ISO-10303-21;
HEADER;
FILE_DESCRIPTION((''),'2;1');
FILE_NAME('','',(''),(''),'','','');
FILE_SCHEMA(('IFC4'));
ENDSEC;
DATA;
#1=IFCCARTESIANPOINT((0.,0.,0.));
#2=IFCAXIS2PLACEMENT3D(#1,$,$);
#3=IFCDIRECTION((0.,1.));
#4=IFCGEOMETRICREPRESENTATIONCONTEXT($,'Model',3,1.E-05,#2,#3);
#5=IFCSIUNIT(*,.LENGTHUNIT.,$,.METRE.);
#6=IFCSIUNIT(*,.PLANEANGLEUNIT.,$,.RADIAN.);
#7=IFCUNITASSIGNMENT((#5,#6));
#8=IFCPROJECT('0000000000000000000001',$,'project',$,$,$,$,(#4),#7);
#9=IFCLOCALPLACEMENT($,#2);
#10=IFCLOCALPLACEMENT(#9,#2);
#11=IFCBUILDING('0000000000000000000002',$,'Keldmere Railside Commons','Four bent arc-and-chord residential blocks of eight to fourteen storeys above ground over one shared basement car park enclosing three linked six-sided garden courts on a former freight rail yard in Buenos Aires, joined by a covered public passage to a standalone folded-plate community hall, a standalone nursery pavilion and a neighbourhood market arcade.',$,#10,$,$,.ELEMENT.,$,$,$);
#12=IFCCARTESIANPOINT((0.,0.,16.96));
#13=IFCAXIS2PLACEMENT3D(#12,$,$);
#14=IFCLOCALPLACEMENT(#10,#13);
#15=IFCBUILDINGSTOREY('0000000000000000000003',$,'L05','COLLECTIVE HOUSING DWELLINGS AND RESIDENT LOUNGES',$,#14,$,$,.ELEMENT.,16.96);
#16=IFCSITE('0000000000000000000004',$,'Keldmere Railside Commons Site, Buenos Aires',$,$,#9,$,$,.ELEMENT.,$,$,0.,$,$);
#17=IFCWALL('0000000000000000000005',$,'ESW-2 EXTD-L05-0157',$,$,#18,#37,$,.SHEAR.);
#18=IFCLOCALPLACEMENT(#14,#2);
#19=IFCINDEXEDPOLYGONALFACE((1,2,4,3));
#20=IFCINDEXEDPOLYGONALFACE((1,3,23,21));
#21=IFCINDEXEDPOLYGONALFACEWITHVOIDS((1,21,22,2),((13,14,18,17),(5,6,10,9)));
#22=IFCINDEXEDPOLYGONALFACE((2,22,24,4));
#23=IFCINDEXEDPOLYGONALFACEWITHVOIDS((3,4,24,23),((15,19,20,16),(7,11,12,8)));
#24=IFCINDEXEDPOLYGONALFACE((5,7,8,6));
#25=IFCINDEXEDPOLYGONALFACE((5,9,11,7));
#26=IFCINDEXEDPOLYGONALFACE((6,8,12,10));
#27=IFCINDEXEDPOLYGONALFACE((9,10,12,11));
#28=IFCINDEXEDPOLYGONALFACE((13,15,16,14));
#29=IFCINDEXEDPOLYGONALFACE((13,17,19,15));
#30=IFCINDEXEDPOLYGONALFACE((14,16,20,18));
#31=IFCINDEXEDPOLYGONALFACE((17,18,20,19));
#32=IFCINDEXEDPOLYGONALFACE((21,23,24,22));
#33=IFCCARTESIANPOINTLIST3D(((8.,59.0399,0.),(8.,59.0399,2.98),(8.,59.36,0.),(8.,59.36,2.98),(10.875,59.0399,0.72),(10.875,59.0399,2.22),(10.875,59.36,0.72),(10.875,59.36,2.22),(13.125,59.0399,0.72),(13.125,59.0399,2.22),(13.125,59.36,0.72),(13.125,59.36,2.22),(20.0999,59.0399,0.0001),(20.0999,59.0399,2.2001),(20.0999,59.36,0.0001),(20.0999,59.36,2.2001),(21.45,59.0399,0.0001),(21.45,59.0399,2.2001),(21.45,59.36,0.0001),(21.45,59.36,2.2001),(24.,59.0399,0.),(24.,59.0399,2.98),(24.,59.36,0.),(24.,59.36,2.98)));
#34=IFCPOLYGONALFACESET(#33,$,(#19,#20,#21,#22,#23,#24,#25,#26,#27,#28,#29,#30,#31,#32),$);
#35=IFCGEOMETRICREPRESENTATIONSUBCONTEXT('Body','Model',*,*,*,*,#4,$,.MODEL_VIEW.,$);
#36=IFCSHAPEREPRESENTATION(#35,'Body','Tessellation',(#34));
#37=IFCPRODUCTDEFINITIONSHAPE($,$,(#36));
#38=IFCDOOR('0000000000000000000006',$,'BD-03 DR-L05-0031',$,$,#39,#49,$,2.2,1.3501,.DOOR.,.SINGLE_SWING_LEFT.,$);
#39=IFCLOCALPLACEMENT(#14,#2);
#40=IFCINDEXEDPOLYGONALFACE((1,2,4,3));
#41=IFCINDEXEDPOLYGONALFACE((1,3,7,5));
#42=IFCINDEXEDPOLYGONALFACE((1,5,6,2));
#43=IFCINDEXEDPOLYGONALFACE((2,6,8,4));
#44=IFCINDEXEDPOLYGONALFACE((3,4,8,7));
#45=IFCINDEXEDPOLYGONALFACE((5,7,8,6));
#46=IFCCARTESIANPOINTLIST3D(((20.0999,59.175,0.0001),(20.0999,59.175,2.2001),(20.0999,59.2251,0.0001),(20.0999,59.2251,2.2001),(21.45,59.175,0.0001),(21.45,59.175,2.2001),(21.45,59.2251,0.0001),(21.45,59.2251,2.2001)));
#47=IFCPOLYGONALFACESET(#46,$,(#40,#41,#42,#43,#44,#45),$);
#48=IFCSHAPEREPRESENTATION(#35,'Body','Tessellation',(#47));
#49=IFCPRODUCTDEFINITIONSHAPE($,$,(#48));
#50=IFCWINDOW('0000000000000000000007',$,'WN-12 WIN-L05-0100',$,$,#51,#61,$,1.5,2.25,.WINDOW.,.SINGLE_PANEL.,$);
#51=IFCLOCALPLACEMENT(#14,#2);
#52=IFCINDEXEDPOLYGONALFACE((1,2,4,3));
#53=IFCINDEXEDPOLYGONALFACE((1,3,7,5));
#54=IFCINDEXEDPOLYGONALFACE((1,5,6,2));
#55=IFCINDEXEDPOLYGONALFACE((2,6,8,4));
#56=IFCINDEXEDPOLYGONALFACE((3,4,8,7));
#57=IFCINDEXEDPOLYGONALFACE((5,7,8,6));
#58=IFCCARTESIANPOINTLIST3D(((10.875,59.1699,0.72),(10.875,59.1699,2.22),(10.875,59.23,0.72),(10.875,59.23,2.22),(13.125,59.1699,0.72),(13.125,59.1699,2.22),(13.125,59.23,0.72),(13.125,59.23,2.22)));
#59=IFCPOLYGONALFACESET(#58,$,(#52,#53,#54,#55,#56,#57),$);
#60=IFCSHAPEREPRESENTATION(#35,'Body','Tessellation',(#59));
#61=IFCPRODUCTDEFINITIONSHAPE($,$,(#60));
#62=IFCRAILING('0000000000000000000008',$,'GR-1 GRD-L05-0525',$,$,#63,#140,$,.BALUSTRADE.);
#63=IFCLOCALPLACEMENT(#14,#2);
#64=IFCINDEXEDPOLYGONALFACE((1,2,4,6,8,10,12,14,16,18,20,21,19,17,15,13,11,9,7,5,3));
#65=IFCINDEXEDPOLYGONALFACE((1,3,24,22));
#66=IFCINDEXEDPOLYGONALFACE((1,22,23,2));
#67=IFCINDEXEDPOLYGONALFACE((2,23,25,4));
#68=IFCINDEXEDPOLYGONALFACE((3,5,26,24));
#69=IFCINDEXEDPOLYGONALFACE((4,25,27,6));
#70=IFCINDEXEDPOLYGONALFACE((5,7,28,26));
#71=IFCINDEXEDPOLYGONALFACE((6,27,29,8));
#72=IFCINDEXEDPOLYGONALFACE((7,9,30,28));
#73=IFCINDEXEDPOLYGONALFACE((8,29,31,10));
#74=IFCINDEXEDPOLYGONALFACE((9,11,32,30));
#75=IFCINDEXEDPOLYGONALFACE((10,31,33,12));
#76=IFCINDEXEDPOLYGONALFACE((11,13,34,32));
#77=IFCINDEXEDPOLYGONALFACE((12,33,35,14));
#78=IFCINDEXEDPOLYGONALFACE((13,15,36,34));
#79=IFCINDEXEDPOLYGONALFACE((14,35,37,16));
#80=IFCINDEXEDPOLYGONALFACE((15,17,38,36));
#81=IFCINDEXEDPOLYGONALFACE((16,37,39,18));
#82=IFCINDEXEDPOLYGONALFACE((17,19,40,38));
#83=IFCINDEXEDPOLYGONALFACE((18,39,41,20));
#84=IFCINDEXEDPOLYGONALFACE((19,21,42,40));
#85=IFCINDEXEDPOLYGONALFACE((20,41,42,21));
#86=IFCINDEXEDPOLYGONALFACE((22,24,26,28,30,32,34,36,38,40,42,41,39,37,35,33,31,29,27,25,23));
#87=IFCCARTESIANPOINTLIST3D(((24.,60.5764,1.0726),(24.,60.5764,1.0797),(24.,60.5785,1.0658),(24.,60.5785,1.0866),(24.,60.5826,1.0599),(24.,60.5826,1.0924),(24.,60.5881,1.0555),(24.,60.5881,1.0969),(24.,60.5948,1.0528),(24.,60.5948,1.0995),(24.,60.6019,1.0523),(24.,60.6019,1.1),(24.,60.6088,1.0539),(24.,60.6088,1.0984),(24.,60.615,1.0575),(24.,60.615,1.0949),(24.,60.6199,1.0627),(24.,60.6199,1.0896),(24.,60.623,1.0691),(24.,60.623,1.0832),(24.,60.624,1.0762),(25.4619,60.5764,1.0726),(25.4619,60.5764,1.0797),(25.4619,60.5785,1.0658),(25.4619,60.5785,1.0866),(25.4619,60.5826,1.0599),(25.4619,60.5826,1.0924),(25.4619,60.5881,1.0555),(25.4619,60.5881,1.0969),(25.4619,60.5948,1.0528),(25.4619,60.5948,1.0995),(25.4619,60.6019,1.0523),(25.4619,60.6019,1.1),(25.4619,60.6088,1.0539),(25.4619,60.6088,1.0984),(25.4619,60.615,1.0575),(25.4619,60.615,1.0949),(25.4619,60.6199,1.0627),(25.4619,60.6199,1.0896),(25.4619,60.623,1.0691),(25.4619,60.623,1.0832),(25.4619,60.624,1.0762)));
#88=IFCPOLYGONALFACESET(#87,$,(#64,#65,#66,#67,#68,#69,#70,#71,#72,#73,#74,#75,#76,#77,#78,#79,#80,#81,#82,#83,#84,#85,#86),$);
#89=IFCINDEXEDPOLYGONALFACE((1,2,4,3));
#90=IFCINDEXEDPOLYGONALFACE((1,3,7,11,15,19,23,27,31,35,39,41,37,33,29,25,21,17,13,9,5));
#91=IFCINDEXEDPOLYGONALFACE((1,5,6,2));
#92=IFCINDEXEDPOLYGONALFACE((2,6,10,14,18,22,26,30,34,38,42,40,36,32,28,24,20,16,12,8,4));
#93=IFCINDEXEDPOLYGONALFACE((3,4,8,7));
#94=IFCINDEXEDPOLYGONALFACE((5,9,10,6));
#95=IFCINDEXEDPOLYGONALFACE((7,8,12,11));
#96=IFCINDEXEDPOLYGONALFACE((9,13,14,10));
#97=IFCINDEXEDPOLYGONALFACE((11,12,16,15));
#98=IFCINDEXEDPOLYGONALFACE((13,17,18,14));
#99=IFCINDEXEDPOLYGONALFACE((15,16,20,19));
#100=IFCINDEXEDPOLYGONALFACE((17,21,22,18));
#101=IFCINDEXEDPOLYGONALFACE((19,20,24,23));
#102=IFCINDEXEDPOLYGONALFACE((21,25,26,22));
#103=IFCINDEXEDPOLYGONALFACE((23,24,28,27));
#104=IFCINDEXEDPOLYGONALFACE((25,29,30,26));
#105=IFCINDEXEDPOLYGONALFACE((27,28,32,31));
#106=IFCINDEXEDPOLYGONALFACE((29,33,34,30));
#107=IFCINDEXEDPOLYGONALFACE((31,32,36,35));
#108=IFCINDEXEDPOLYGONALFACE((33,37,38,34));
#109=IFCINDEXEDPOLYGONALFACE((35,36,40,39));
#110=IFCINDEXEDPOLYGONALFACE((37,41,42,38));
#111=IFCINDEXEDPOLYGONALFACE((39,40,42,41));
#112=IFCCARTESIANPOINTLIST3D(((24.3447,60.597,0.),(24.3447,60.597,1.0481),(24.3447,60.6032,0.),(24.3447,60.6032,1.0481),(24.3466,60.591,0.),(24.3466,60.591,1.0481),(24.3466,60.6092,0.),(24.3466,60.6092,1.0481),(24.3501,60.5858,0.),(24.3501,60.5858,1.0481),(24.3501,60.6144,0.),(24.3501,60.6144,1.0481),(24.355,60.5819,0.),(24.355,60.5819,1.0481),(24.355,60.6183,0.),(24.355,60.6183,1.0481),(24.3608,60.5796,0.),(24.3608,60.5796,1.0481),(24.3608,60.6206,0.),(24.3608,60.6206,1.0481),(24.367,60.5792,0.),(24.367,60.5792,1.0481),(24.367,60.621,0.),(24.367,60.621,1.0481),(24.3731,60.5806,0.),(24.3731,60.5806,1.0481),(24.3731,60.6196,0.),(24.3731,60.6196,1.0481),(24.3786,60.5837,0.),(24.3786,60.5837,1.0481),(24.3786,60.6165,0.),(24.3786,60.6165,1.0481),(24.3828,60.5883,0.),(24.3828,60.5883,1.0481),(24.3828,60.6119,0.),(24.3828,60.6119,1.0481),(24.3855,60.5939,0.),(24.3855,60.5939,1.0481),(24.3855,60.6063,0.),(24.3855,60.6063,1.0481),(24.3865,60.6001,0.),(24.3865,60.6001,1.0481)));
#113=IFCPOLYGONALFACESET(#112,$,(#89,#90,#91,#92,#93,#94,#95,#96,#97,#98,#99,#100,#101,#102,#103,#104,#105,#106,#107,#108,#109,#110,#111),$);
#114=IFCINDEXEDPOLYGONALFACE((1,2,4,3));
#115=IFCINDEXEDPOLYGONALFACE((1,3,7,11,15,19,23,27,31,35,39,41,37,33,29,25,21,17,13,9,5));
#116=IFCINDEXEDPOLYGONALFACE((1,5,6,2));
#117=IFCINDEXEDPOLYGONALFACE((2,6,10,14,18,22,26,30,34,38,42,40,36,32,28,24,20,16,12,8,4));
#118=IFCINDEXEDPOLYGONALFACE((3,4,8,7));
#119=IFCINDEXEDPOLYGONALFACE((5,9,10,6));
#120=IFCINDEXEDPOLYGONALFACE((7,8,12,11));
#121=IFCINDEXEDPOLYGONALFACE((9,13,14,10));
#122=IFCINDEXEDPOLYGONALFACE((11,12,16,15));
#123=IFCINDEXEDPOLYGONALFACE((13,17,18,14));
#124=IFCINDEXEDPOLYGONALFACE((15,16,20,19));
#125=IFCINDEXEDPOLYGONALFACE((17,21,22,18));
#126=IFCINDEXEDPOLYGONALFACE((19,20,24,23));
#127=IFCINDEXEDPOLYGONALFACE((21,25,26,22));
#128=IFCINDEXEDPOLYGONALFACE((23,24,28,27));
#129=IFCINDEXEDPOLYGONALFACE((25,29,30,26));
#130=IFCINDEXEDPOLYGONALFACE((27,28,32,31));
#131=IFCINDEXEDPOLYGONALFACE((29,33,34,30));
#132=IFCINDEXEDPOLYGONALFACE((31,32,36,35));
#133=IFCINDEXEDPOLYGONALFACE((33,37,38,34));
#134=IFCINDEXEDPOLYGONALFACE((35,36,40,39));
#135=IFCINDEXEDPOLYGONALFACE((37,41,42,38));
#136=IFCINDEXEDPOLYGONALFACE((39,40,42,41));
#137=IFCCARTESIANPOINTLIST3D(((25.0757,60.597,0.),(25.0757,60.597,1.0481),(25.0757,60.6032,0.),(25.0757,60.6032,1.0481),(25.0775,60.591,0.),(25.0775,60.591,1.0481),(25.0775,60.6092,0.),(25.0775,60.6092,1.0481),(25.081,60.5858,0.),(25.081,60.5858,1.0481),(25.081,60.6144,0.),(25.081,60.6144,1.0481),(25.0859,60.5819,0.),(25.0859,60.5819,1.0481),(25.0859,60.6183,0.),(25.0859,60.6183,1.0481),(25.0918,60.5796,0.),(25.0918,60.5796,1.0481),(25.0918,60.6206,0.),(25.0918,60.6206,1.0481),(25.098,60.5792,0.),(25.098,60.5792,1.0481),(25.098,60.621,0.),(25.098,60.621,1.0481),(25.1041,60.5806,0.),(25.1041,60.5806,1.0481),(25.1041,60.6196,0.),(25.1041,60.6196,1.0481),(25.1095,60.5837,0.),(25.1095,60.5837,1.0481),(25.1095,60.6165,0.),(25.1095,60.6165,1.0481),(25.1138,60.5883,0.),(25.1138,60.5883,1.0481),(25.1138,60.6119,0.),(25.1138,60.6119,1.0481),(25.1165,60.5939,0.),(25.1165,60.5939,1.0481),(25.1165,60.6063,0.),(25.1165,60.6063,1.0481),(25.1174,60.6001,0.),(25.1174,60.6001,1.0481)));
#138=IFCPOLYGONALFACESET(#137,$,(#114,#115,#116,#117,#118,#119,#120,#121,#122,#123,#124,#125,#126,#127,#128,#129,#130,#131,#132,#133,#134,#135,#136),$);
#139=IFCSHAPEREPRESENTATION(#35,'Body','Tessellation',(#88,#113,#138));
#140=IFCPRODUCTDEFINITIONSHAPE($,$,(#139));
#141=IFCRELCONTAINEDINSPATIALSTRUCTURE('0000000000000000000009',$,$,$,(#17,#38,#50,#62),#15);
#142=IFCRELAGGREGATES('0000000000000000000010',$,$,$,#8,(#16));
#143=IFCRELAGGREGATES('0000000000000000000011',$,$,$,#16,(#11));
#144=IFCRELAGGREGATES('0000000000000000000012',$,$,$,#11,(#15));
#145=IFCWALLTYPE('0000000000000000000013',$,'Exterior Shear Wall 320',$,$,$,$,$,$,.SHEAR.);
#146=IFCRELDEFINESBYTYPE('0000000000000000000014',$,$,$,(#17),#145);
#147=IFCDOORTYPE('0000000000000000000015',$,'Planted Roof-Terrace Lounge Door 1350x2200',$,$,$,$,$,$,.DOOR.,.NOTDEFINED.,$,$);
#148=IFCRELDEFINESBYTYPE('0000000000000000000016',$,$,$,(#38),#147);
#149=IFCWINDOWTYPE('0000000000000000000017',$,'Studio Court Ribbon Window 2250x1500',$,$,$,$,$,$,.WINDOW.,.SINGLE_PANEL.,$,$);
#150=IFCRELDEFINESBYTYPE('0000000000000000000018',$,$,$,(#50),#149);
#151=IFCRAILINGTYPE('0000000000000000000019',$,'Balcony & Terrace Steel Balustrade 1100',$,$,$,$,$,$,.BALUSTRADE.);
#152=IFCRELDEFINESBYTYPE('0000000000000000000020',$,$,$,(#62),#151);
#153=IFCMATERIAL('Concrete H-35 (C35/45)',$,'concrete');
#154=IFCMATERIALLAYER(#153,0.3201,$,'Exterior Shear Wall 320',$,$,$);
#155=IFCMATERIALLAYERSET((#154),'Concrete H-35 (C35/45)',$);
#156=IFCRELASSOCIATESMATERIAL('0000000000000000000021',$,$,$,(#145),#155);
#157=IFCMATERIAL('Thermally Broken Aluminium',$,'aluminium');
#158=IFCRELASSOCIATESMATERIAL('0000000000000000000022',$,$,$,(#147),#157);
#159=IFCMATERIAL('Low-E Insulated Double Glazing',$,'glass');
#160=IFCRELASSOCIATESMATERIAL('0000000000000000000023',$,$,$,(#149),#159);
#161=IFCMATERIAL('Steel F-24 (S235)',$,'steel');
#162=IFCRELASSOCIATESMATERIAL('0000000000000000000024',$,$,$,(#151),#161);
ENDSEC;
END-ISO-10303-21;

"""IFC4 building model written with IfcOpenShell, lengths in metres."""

from ifc_helpers import new_model, si_unit, direction, frame, frame_2d, origin, origin_2d, place, context, subcontext, project, spatial, rectangle, circle, extrude, material, layer, layer_set, type_object, element, fill, save


model = new_model("IFC4")

# Units and contexts
model_context = context("Model", 3, precision=1e-05, world=origin(), true_north=direction((0.0, 1.0)))
body_context = subcontext(model_context, "Body", "Model", "MODEL_VIEW")
ifc_project = project(units=[si_unit("LENGTHUNIT", "METRE"), si_unit("PLANEANGLEUNIT", "RADIAN")], contexts=[model_context])

# Site, building, storey
site_placement = place(None, origin())
site = spatial("IfcSite", under=ifc_project, at=site_placement, Name="Keldmere Railside Commons Site, Buenos Aires", CompositionType="ELEMENT", RefElevation=0.0)
building_placement = place(site_placement, origin())
building = spatial("IfcBuilding", under=site, at=building_placement, Name="Keldmere Railside Commons", Description="Four bent arc-and-chord residential blocks of eight to fourteen storeys above ground over one shared basement car park enclosing three linked six-sided garden courts on a former freight rail yard in Buenos Aires, joined by a covered public passage to a standalone folded-plate community hall, a standalone nursery pavilion and a neighbourhood market arcade.", CompositionType="ELEMENT")
storey_placement = place(building_placement, frame((0.0, 0.0, 16.96)))
storey = spatial("IfcBuildingStorey", under=building, at=storey_placement, Name="L05", Description="COLLECTIVE HOUSING DWELLINGS AND RESIDENT LOUNGES", CompositionType="ELEMENT", Elevation=16.96)

# Wall, openings, door, window
ifc_material_1 = material(Name="Concrete H-35 (C35/45)", Category="concrete")
ifc_layer = layer(ifc_material_1, 0.3201, Name="Exterior Shear Wall 320")
ifc_layer_set = layer_set([ifc_layer], Name="Concrete H-35 (C35/45)")
wall_type = type_object("IfcWallType", Name="Exterior Shear Wall 320", PredefinedType="SHEAR", material=ifc_layer_set)
wall_placement = place(storey_placement, frame((24.0, 59.2, 0.0), z_axis=(0.0, 0.0, 1.0), x_axis=(-1.0, 0.0, 0.0)))
wall = element("IfcWall", 1, at=wall_placement, inside=storey, type_object=wall_type, Name="ESW-2 EXTD-L05-0157", PredefinedType="SHEAR", context=body_context, shape_type="SweptSolid", body=[
    extrude(rectangle(XDim=16.0, YDim=0.3201, at=frame_2d((8.0, 0.0))), origin(), (0.0, 0.0, 1.0), 2.98),
])
opening_1_placement = place(wall_placement, frame((2.55, 0.0, 0.0)))
opening_1 = element("IfcOpeningElement", 2, at=opening_1_placement, cuts=wall, PredefinedType="OPENING", context=body_context, shape_type="SweptSolid", body=[
    extrude(rectangle(XDim=1.3501, YDim=2.2, at=frame_2d((0.675, 1.1001))), frame((0.0, 0.1699, 0.0), z_axis=(0.0, -1.0, 0.0), x_axis=(1.0, 0.0, 0.0)), (0.0, 0.0, 1.0), 0.3401),
])
opening_2_placement = place(wall_placement, frame((10.875, 0.0, 0.72)))
opening_2 = element("IfcOpeningElement", 3, at=opening_2_placement, cuts=wall, PredefinedType="OPENING", context=body_context, shape_type="SweptSolid", body=[
    extrude(rectangle(XDim=2.25, YDim=1.5, at=frame_2d((1.125, 0.75))), frame((0.0, 0.1699, 0.0), z_axis=(0.0, -1.0, 0.0), x_axis=(1.0, 0.0, 0.0)), (0.0, 0.0, 1.0), 0.3401),
])
ifc_material_2 = material(Name="Thermally Broken Aluminium", Category="aluminium")
door_type = type_object("IfcDoorType", Name="Planted Roof-Terrace Lounge Door 1350x2200", OperationType="NOTDEFINED", PredefinedType="DOOR", material=ifc_material_2)
door_placement = place(opening_1_placement, origin())
door = element("IfcDoor", 4, at=door_placement, inside=storey, type_object=door_type, Name="BD-03 DR-L05-0031", OperationType="SINGLE_SWING_LEFT", OverallHeight=2.2, OverallWidth=1.3501, PredefinedType="DOOR", context=body_context, shape_type="SweptSolid", body=[
    extrude(rectangle(XDim=1.3501, YDim=2.2, at=frame_2d((0.675, 1.1001))), frame((0.0, 0.0249, 0.0), z_axis=(0.0, -1.0, 0.0), x_axis=(1.0, 0.0, 0.0)), (0.0, 0.0, 1.0), 0.05),
])
fill(opening_1, door)
ifc_material_3 = material(Name="Low-E Insulated Double Glazing", Category="glass")
window_type = type_object("IfcWindowType", Name="Studio Court Ribbon Window 2250x1500", PartitioningType="SINGLE_PANEL", PredefinedType="WINDOW", material=ifc_material_3)
window_placement = place(opening_2_placement, origin())
window = element("IfcWindow", 5, at=window_placement, inside=storey, type_object=window_type, Name="WN-12 WIN-L05-0100", OverallHeight=1.5, OverallWidth=2.25, PartitioningType="SINGLE_PANEL", PredefinedType="WINDOW", context=body_context, shape_type="SweptSolid", body=[
    extrude(rectangle(XDim=2.25, YDim=1.5, at=frame_2d((1.125, 0.75))), frame((0.0, 0.03, 0.0), z_axis=(0.0, -1.0, 0.0), x_axis=(1.0, 0.0, 0.0)), (0.0, 0.0, 1.0), 0.0601),
])
fill(opening_2, window)

# Railing
ifc_material_4 = material(Name="Steel F-24 (S235)", Category="steel")
railing_type = type_object("IfcRailingType", Name="Balcony & Terrace Steel Balustrade 1100", PredefinedType="BALUSTRADE", material=ifc_material_4)
railing_1_placement = place(storey_placement, frame((24.0, 60.6001, 0.0)))
element("IfcRailing", 6, at=railing_1_placement, inside=storey, type_object=railing_type, Name="GR-1 GRD-L05-0525", PredefinedType="BALUSTRADE", context=body_context, shape_type="SweptSolid", body=[
    extrude(circle(Radius=0.0239, at=origin_2d()), frame((0.0, 0.0, 1.0762), z_axis=(1.0, 0.0, 0.0), x_axis=(0.0, 1.0, 0.0)), (0.0, 0.0, 1.0), 1.4619),
    extrude(circle(Radius=0.021, at=origin_2d()), frame((0.3655, 0.0, 0.0)), (0.0, 0.0, 1.0), 1.0481),
    extrude(circle(Radius=0.021, at=origin_2d()), frame((1.0964, 0.0, 0.0)), (0.0, 0.0, 1.0), 1.0481),
])

save(model, "model.ifc")
